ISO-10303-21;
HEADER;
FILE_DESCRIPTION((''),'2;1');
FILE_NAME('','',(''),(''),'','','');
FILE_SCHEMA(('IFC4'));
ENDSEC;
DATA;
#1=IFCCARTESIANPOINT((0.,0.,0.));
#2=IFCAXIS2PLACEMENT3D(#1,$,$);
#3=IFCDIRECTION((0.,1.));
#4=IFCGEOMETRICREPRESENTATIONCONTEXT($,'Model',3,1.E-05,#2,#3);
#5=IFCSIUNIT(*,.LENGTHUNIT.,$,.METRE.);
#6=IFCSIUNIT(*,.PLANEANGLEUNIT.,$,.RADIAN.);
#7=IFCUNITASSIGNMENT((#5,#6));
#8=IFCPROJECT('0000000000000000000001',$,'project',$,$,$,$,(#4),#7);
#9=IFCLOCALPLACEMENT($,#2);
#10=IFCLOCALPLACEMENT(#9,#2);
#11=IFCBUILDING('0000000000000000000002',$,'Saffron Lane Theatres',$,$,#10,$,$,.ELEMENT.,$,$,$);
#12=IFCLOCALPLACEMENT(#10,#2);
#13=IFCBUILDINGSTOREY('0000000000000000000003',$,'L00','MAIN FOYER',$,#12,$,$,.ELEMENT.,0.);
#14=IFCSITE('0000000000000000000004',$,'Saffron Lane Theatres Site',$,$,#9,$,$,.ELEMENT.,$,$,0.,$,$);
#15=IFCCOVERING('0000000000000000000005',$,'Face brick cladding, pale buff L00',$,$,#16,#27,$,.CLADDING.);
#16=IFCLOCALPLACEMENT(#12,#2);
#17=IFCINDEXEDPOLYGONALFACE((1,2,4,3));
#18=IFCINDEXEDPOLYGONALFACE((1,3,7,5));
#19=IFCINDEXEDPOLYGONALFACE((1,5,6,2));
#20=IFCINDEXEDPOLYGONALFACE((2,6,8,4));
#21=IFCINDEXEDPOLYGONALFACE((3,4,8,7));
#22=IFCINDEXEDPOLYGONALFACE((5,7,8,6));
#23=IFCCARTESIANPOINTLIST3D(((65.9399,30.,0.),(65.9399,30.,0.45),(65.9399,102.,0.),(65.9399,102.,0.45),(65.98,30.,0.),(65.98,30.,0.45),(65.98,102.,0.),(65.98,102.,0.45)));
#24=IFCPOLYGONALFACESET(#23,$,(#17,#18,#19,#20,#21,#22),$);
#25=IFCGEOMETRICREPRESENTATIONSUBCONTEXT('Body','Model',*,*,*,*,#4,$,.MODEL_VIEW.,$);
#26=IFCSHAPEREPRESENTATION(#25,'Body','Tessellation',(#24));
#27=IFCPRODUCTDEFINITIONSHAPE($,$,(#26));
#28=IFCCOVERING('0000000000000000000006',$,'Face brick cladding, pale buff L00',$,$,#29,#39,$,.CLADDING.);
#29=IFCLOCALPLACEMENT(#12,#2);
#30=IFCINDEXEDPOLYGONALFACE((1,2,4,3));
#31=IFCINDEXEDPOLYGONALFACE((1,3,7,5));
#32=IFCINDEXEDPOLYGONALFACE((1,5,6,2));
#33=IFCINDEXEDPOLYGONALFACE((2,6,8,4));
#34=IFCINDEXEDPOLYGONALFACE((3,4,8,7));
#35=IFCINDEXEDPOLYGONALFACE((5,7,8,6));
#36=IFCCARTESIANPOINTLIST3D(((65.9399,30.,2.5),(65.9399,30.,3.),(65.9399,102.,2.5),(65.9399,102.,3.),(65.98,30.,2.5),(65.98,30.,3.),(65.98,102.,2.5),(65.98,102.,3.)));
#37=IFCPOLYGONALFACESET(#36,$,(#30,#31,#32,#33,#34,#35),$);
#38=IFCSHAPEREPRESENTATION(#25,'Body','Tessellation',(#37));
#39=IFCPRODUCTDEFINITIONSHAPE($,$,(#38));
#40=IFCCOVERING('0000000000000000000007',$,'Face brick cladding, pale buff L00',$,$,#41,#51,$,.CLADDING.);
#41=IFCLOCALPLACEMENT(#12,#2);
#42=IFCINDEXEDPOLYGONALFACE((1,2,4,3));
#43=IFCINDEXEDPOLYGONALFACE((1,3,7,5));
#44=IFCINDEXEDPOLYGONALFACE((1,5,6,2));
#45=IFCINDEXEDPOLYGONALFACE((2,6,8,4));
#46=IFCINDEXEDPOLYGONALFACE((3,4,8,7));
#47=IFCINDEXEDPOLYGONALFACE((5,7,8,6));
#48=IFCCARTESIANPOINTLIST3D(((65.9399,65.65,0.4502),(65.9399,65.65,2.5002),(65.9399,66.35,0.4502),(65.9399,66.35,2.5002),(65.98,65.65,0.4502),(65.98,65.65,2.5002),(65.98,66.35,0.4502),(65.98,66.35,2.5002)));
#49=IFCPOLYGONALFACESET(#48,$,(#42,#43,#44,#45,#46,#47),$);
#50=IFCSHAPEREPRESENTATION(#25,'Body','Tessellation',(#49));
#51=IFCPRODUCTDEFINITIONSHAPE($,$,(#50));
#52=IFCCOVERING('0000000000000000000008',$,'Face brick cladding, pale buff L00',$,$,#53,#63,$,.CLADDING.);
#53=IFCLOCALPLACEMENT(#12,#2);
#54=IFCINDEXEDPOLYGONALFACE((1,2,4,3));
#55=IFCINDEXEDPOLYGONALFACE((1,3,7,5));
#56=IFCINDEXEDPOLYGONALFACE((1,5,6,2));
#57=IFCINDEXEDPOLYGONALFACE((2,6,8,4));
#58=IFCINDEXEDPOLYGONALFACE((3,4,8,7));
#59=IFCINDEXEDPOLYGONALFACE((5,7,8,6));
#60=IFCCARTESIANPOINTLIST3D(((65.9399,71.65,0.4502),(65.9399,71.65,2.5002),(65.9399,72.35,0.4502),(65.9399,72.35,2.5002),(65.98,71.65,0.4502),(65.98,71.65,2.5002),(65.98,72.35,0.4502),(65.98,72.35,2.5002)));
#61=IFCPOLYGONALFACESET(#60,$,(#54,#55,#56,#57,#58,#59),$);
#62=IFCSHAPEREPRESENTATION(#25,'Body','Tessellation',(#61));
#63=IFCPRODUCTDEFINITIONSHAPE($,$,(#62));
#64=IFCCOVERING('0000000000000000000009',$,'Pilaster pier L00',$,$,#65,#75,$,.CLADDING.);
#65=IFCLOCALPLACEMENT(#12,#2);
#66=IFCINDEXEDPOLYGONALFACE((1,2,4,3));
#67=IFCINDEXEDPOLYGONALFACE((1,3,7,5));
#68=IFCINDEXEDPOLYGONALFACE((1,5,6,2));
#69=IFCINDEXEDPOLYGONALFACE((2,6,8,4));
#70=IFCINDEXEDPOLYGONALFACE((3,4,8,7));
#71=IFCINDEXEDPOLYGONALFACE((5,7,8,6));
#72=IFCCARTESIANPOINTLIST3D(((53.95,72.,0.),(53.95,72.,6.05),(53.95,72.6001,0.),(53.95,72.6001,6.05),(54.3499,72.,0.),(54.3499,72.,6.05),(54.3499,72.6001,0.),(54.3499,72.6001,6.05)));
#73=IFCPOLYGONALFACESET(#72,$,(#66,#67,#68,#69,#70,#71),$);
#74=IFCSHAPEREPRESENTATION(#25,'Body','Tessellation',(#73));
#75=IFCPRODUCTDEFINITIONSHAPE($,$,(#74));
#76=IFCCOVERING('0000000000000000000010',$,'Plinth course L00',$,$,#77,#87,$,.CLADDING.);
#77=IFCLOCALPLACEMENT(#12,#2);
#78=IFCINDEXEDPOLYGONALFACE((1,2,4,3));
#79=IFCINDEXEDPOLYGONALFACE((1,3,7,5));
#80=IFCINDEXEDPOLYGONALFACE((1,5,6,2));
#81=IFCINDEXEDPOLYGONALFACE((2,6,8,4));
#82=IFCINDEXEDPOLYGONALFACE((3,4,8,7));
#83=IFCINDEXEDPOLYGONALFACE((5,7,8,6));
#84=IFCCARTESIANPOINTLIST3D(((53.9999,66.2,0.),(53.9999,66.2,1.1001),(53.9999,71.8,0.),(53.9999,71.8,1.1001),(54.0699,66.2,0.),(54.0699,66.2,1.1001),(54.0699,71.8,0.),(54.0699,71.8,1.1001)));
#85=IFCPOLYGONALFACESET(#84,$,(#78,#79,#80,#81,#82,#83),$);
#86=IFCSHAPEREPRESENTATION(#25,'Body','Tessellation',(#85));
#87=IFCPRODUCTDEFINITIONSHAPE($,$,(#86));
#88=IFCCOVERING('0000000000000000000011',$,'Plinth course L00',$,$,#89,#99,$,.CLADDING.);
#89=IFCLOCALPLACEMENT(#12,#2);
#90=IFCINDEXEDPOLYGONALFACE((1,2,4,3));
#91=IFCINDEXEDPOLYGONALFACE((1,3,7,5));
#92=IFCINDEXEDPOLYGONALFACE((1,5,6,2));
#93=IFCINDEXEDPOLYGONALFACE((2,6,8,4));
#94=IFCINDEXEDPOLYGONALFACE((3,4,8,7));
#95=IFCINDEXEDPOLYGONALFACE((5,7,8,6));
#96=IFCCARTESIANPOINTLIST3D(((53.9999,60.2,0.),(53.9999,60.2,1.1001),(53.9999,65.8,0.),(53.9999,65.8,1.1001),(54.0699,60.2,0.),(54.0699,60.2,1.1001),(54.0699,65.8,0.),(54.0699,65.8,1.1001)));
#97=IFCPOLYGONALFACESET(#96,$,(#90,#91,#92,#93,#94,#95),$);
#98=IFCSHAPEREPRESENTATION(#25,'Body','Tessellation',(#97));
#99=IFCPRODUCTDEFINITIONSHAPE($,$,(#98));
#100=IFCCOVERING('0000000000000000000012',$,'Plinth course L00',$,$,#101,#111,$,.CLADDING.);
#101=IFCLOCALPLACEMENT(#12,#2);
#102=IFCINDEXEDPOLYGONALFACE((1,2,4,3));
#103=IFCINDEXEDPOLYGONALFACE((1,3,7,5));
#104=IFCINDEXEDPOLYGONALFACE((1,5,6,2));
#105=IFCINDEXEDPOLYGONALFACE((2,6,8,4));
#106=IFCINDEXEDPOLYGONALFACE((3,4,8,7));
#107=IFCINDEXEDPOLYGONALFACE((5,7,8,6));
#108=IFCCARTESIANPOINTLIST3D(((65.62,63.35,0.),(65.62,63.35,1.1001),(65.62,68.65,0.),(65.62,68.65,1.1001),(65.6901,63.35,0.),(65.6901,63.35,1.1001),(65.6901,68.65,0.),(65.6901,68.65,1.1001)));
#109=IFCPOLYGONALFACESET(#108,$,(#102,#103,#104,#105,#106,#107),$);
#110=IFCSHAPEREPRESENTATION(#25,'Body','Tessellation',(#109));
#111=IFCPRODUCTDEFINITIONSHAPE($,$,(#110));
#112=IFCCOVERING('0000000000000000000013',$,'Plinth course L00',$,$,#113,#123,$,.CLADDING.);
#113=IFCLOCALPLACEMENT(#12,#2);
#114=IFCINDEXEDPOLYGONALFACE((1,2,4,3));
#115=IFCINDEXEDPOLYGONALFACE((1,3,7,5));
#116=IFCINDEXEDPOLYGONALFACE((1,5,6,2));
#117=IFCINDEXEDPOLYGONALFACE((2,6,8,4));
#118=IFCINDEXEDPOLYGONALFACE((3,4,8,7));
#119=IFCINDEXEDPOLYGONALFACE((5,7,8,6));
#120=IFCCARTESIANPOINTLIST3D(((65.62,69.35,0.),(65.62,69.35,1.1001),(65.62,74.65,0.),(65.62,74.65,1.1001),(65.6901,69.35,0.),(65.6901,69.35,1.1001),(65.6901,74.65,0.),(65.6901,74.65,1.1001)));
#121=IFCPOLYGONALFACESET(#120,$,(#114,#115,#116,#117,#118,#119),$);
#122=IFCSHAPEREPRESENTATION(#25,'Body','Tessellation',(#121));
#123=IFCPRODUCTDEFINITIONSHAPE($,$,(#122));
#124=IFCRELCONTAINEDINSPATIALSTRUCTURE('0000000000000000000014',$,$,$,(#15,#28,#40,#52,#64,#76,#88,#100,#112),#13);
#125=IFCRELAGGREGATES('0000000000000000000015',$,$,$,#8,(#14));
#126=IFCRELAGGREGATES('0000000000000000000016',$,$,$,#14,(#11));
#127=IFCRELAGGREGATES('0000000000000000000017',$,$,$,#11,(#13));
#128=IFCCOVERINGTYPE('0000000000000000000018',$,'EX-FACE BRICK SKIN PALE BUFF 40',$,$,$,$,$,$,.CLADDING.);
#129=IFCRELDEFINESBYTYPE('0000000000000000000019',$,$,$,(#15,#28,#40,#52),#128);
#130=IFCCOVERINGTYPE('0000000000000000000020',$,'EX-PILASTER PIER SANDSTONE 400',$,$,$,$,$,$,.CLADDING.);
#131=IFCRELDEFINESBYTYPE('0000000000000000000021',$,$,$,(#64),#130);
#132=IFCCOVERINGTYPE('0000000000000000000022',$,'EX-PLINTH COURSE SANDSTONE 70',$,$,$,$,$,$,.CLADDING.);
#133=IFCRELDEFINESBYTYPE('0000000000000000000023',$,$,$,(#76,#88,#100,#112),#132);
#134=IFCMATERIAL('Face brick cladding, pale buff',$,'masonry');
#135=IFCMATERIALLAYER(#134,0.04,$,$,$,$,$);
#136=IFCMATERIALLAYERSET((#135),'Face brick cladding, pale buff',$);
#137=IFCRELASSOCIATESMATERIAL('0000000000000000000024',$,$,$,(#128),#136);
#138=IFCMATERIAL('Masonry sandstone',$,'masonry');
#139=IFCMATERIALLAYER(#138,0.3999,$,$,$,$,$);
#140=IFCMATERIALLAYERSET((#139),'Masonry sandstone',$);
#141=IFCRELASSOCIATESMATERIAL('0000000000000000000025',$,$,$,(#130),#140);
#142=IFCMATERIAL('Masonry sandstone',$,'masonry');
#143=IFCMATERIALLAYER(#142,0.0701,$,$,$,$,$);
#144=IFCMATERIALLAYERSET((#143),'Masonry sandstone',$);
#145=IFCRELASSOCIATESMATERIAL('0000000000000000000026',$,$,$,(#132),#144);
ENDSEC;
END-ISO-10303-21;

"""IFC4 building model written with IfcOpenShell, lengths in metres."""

from ifc_helpers import new_model, si_unit, direction, frame, origin, origin_2d, place, context, subcontext, project, spatial, rectangle, extrude, material, layer, layer_set, type_object, element, save


model = new_model("IFC4")

# Units and contexts
model_context = context("Model", 3, precision=1e-05, world=origin(), true_north=direction((0.0, 1.0)))
body_context = subcontext(model_context, "Body", "Model", "MODEL_VIEW")
ifc_project = project(units=[si_unit("LENGTHUNIT", "METRE"), si_unit("PLANEANGLEUNIT", "RADIAN")], contexts=[model_context])

# Site, building, storey
site_placement = place(None, origin())
site = spatial("IfcSite", under=ifc_project, at=site_placement, Name="Saffron Lane Theatres Site", CompositionType="ELEMENT", RefElevation=0.0)
building_placement = place(site_placement, origin())
building = spatial("IfcBuilding", under=site, at=building_placement, Name="Saffron Lane Theatres", CompositionType="ELEMENT")
storey_placement = place(building_placement, origin())
storey = spatial("IfcBuildingStorey", under=building, at=storey_placement, Name="L00", Description="MAIN FOYER", CompositionType="ELEMENT", Elevation=0.0)

# Coverings
ifc_material_1 = material(Name="Face brick cladding, pale buff", Category="masonry")
ifc_layer_1 = layer(ifc_material_1, 0.04)
ifc_layer_set_1 = layer_set([ifc_layer_1], Name="Face brick cladding, pale buff")
covering_type_1 = type_object("IfcCoveringType", Name="EX-FACE BRICK SKIN PALE BUFF 40", PredefinedType="CLADDING", material=ifc_layer_set_1)
covering_1_placement = place(storey_placement, frame((65.96, 66.0, 0.0), z_axis=(0.0, 0.0, 1.0), x_axis=(0.0, 1.0, 0.0)))
element("IfcCovering", 1, at=covering_1_placement, inside=storey, type_object=covering_type_1, Name="Face brick cladding, pale buff L00", PredefinedType="CLADDING", context=body_context, shape_type="SweptSolid", body=[
    extrude(rectangle(XDim=72.0, YDim=0.04, at=origin_2d()), origin(), (0.0, 0.0, 1.0), 0.45),
])
covering_2_placement = place(storey_placement, frame((65.96, 66.0, 2.5), z_axis=(0.0, 0.0, 1.0), x_axis=(0.0, 1.0, 0.0)))
element("IfcCovering", 2, at=covering_2_placement, inside=storey, type_object=covering_type_1, Name="Face brick cladding, pale buff L00", PredefinedType="CLADDING", context=body_context, shape_type="SweptSolid", body=[
    extrude(rectangle(XDim=72.0, YDim=0.04, at=origin_2d()), origin(), (0.0, 0.0, 1.0), 0.5),
])
for number, where, z_axis, x_axis, name in (
    (3, (65.96, 66.0, 0.4502), (0.0, 0.0, 1.0), (0.0, 1.0, 0.0), "Face brick cladding, pale buff L00"),
    (4, (65.96, 72.0, 0.4502), (0.0, 0.0, 1.0), (0.0, 1.0, 0.0), "Face brick cladding, pale buff L00"),
):
    element("IfcCovering", number, at=place(storey_placement, frame(where, z_axis=z_axis, x_axis=x_axis)), inside=storey, type_object=covering_type_1, Name=name, PredefinedType="CLADDING", context=body_context, shape_type="SweptSolid", body=[
        extrude(rectangle(XDim=0.7, YDim=0.04, at=origin_2d()), origin(), (0.0, 0.0, 1.0), 2.05),
    ])
ifc_material_2 = material(Name="Masonry sandstone", Category="masonry")
ifc_layer_2 = layer(ifc_material_2, 0.3999)
ifc_layer_set_2 = layer_set([ifc_layer_2], Name="Masonry sandstone")
covering_type_2 = type_object("IfcCoveringType", Name="EX-PILASTER PIER SANDSTONE 400", PredefinedType="CLADDING", material=ifc_layer_set_2)
covering_3_placement = place(storey_placement, frame((54.1499, 72.3, 0.0), z_axis=(0.0, 0.0, 1.0), x_axis=(0.0, -1.0, 0.0)))
element("IfcCovering", 5, at=covering_3_placement, inside=storey, type_object=covering_type_2, Name="Pilaster pier L00", PredefinedType="CLADDING", context=body_context, shape_type="SweptSolid", body=[
    extrude(rectangle(XDim=0.6001, YDim=0.3999, at=origin_2d()), origin(), (0.0, 0.0, 1.0), 6.05),
])
ifc_material_3 = material(Name="Masonry sandstone", Category="masonry")
ifc_layer_3 = layer(ifc_material_3, 0.0701)
ifc_layer_set_3 = layer_set([ifc_layer_3], Name="Masonry sandstone")
covering_type_3 = type_object("IfcCoveringType", Name="EX-PLINTH COURSE SANDSTONE 70", PredefinedType="CLADDING", material=ifc_layer_set_3)
for number, where, z_axis, x_axis, name in (
    (6, (54.0349, 69.0, 0.0), (0.0, 0.0, 1.0), (0.0, 1.0, 0.0), "Plinth course L00"),
    (7, (54.0349, 63.0, 0.0), (0.0, 0.0, 1.0), (0.0, 1.0, 0.0), "Plinth course L00"),
):
    element("IfcCovering", number, at=place(storey_placement, frame(where, z_axis=z_axis, x_axis=x_axis)), inside=storey, type_object=covering_type_3, Name=name, PredefinedType="CLADDING", context=body_context, shape_type="SweptSolid", body=[
        extrude(rectangle(XDim=5.6001, YDim=0.0701, at=origin_2d()), origin(), (0.0, 0.0, 1.0), 1.1001),
    ])
for number, where, z_axis, x_axis, name in (
    (8, (65.655, 66.0, 0.0), (0.0, 0.0, 1.0), (0.0, 1.0, 0.0), "Plinth course L00"),
    (9, (65.655, 72.0, 0.0), (0.0, 0.0, 1.0), (0.0, 1.0, 0.0), "Plinth course L00"),
):
    element("IfcCovering", number, at=place(storey_placement, frame(where, z_axis=z_axis, x_axis=x_axis)), inside=storey, type_object=covering_type_3, Name=name, PredefinedType="CLADDING", context=body_context, shape_type="SweptSolid", body=[
        extrude(rectangle(XDim=5.3, YDim=0.0701, at=origin_2d()), origin(), (0.0, 0.0, 1.0), 1.1001),
    ])

save(model, "model.ifc")
